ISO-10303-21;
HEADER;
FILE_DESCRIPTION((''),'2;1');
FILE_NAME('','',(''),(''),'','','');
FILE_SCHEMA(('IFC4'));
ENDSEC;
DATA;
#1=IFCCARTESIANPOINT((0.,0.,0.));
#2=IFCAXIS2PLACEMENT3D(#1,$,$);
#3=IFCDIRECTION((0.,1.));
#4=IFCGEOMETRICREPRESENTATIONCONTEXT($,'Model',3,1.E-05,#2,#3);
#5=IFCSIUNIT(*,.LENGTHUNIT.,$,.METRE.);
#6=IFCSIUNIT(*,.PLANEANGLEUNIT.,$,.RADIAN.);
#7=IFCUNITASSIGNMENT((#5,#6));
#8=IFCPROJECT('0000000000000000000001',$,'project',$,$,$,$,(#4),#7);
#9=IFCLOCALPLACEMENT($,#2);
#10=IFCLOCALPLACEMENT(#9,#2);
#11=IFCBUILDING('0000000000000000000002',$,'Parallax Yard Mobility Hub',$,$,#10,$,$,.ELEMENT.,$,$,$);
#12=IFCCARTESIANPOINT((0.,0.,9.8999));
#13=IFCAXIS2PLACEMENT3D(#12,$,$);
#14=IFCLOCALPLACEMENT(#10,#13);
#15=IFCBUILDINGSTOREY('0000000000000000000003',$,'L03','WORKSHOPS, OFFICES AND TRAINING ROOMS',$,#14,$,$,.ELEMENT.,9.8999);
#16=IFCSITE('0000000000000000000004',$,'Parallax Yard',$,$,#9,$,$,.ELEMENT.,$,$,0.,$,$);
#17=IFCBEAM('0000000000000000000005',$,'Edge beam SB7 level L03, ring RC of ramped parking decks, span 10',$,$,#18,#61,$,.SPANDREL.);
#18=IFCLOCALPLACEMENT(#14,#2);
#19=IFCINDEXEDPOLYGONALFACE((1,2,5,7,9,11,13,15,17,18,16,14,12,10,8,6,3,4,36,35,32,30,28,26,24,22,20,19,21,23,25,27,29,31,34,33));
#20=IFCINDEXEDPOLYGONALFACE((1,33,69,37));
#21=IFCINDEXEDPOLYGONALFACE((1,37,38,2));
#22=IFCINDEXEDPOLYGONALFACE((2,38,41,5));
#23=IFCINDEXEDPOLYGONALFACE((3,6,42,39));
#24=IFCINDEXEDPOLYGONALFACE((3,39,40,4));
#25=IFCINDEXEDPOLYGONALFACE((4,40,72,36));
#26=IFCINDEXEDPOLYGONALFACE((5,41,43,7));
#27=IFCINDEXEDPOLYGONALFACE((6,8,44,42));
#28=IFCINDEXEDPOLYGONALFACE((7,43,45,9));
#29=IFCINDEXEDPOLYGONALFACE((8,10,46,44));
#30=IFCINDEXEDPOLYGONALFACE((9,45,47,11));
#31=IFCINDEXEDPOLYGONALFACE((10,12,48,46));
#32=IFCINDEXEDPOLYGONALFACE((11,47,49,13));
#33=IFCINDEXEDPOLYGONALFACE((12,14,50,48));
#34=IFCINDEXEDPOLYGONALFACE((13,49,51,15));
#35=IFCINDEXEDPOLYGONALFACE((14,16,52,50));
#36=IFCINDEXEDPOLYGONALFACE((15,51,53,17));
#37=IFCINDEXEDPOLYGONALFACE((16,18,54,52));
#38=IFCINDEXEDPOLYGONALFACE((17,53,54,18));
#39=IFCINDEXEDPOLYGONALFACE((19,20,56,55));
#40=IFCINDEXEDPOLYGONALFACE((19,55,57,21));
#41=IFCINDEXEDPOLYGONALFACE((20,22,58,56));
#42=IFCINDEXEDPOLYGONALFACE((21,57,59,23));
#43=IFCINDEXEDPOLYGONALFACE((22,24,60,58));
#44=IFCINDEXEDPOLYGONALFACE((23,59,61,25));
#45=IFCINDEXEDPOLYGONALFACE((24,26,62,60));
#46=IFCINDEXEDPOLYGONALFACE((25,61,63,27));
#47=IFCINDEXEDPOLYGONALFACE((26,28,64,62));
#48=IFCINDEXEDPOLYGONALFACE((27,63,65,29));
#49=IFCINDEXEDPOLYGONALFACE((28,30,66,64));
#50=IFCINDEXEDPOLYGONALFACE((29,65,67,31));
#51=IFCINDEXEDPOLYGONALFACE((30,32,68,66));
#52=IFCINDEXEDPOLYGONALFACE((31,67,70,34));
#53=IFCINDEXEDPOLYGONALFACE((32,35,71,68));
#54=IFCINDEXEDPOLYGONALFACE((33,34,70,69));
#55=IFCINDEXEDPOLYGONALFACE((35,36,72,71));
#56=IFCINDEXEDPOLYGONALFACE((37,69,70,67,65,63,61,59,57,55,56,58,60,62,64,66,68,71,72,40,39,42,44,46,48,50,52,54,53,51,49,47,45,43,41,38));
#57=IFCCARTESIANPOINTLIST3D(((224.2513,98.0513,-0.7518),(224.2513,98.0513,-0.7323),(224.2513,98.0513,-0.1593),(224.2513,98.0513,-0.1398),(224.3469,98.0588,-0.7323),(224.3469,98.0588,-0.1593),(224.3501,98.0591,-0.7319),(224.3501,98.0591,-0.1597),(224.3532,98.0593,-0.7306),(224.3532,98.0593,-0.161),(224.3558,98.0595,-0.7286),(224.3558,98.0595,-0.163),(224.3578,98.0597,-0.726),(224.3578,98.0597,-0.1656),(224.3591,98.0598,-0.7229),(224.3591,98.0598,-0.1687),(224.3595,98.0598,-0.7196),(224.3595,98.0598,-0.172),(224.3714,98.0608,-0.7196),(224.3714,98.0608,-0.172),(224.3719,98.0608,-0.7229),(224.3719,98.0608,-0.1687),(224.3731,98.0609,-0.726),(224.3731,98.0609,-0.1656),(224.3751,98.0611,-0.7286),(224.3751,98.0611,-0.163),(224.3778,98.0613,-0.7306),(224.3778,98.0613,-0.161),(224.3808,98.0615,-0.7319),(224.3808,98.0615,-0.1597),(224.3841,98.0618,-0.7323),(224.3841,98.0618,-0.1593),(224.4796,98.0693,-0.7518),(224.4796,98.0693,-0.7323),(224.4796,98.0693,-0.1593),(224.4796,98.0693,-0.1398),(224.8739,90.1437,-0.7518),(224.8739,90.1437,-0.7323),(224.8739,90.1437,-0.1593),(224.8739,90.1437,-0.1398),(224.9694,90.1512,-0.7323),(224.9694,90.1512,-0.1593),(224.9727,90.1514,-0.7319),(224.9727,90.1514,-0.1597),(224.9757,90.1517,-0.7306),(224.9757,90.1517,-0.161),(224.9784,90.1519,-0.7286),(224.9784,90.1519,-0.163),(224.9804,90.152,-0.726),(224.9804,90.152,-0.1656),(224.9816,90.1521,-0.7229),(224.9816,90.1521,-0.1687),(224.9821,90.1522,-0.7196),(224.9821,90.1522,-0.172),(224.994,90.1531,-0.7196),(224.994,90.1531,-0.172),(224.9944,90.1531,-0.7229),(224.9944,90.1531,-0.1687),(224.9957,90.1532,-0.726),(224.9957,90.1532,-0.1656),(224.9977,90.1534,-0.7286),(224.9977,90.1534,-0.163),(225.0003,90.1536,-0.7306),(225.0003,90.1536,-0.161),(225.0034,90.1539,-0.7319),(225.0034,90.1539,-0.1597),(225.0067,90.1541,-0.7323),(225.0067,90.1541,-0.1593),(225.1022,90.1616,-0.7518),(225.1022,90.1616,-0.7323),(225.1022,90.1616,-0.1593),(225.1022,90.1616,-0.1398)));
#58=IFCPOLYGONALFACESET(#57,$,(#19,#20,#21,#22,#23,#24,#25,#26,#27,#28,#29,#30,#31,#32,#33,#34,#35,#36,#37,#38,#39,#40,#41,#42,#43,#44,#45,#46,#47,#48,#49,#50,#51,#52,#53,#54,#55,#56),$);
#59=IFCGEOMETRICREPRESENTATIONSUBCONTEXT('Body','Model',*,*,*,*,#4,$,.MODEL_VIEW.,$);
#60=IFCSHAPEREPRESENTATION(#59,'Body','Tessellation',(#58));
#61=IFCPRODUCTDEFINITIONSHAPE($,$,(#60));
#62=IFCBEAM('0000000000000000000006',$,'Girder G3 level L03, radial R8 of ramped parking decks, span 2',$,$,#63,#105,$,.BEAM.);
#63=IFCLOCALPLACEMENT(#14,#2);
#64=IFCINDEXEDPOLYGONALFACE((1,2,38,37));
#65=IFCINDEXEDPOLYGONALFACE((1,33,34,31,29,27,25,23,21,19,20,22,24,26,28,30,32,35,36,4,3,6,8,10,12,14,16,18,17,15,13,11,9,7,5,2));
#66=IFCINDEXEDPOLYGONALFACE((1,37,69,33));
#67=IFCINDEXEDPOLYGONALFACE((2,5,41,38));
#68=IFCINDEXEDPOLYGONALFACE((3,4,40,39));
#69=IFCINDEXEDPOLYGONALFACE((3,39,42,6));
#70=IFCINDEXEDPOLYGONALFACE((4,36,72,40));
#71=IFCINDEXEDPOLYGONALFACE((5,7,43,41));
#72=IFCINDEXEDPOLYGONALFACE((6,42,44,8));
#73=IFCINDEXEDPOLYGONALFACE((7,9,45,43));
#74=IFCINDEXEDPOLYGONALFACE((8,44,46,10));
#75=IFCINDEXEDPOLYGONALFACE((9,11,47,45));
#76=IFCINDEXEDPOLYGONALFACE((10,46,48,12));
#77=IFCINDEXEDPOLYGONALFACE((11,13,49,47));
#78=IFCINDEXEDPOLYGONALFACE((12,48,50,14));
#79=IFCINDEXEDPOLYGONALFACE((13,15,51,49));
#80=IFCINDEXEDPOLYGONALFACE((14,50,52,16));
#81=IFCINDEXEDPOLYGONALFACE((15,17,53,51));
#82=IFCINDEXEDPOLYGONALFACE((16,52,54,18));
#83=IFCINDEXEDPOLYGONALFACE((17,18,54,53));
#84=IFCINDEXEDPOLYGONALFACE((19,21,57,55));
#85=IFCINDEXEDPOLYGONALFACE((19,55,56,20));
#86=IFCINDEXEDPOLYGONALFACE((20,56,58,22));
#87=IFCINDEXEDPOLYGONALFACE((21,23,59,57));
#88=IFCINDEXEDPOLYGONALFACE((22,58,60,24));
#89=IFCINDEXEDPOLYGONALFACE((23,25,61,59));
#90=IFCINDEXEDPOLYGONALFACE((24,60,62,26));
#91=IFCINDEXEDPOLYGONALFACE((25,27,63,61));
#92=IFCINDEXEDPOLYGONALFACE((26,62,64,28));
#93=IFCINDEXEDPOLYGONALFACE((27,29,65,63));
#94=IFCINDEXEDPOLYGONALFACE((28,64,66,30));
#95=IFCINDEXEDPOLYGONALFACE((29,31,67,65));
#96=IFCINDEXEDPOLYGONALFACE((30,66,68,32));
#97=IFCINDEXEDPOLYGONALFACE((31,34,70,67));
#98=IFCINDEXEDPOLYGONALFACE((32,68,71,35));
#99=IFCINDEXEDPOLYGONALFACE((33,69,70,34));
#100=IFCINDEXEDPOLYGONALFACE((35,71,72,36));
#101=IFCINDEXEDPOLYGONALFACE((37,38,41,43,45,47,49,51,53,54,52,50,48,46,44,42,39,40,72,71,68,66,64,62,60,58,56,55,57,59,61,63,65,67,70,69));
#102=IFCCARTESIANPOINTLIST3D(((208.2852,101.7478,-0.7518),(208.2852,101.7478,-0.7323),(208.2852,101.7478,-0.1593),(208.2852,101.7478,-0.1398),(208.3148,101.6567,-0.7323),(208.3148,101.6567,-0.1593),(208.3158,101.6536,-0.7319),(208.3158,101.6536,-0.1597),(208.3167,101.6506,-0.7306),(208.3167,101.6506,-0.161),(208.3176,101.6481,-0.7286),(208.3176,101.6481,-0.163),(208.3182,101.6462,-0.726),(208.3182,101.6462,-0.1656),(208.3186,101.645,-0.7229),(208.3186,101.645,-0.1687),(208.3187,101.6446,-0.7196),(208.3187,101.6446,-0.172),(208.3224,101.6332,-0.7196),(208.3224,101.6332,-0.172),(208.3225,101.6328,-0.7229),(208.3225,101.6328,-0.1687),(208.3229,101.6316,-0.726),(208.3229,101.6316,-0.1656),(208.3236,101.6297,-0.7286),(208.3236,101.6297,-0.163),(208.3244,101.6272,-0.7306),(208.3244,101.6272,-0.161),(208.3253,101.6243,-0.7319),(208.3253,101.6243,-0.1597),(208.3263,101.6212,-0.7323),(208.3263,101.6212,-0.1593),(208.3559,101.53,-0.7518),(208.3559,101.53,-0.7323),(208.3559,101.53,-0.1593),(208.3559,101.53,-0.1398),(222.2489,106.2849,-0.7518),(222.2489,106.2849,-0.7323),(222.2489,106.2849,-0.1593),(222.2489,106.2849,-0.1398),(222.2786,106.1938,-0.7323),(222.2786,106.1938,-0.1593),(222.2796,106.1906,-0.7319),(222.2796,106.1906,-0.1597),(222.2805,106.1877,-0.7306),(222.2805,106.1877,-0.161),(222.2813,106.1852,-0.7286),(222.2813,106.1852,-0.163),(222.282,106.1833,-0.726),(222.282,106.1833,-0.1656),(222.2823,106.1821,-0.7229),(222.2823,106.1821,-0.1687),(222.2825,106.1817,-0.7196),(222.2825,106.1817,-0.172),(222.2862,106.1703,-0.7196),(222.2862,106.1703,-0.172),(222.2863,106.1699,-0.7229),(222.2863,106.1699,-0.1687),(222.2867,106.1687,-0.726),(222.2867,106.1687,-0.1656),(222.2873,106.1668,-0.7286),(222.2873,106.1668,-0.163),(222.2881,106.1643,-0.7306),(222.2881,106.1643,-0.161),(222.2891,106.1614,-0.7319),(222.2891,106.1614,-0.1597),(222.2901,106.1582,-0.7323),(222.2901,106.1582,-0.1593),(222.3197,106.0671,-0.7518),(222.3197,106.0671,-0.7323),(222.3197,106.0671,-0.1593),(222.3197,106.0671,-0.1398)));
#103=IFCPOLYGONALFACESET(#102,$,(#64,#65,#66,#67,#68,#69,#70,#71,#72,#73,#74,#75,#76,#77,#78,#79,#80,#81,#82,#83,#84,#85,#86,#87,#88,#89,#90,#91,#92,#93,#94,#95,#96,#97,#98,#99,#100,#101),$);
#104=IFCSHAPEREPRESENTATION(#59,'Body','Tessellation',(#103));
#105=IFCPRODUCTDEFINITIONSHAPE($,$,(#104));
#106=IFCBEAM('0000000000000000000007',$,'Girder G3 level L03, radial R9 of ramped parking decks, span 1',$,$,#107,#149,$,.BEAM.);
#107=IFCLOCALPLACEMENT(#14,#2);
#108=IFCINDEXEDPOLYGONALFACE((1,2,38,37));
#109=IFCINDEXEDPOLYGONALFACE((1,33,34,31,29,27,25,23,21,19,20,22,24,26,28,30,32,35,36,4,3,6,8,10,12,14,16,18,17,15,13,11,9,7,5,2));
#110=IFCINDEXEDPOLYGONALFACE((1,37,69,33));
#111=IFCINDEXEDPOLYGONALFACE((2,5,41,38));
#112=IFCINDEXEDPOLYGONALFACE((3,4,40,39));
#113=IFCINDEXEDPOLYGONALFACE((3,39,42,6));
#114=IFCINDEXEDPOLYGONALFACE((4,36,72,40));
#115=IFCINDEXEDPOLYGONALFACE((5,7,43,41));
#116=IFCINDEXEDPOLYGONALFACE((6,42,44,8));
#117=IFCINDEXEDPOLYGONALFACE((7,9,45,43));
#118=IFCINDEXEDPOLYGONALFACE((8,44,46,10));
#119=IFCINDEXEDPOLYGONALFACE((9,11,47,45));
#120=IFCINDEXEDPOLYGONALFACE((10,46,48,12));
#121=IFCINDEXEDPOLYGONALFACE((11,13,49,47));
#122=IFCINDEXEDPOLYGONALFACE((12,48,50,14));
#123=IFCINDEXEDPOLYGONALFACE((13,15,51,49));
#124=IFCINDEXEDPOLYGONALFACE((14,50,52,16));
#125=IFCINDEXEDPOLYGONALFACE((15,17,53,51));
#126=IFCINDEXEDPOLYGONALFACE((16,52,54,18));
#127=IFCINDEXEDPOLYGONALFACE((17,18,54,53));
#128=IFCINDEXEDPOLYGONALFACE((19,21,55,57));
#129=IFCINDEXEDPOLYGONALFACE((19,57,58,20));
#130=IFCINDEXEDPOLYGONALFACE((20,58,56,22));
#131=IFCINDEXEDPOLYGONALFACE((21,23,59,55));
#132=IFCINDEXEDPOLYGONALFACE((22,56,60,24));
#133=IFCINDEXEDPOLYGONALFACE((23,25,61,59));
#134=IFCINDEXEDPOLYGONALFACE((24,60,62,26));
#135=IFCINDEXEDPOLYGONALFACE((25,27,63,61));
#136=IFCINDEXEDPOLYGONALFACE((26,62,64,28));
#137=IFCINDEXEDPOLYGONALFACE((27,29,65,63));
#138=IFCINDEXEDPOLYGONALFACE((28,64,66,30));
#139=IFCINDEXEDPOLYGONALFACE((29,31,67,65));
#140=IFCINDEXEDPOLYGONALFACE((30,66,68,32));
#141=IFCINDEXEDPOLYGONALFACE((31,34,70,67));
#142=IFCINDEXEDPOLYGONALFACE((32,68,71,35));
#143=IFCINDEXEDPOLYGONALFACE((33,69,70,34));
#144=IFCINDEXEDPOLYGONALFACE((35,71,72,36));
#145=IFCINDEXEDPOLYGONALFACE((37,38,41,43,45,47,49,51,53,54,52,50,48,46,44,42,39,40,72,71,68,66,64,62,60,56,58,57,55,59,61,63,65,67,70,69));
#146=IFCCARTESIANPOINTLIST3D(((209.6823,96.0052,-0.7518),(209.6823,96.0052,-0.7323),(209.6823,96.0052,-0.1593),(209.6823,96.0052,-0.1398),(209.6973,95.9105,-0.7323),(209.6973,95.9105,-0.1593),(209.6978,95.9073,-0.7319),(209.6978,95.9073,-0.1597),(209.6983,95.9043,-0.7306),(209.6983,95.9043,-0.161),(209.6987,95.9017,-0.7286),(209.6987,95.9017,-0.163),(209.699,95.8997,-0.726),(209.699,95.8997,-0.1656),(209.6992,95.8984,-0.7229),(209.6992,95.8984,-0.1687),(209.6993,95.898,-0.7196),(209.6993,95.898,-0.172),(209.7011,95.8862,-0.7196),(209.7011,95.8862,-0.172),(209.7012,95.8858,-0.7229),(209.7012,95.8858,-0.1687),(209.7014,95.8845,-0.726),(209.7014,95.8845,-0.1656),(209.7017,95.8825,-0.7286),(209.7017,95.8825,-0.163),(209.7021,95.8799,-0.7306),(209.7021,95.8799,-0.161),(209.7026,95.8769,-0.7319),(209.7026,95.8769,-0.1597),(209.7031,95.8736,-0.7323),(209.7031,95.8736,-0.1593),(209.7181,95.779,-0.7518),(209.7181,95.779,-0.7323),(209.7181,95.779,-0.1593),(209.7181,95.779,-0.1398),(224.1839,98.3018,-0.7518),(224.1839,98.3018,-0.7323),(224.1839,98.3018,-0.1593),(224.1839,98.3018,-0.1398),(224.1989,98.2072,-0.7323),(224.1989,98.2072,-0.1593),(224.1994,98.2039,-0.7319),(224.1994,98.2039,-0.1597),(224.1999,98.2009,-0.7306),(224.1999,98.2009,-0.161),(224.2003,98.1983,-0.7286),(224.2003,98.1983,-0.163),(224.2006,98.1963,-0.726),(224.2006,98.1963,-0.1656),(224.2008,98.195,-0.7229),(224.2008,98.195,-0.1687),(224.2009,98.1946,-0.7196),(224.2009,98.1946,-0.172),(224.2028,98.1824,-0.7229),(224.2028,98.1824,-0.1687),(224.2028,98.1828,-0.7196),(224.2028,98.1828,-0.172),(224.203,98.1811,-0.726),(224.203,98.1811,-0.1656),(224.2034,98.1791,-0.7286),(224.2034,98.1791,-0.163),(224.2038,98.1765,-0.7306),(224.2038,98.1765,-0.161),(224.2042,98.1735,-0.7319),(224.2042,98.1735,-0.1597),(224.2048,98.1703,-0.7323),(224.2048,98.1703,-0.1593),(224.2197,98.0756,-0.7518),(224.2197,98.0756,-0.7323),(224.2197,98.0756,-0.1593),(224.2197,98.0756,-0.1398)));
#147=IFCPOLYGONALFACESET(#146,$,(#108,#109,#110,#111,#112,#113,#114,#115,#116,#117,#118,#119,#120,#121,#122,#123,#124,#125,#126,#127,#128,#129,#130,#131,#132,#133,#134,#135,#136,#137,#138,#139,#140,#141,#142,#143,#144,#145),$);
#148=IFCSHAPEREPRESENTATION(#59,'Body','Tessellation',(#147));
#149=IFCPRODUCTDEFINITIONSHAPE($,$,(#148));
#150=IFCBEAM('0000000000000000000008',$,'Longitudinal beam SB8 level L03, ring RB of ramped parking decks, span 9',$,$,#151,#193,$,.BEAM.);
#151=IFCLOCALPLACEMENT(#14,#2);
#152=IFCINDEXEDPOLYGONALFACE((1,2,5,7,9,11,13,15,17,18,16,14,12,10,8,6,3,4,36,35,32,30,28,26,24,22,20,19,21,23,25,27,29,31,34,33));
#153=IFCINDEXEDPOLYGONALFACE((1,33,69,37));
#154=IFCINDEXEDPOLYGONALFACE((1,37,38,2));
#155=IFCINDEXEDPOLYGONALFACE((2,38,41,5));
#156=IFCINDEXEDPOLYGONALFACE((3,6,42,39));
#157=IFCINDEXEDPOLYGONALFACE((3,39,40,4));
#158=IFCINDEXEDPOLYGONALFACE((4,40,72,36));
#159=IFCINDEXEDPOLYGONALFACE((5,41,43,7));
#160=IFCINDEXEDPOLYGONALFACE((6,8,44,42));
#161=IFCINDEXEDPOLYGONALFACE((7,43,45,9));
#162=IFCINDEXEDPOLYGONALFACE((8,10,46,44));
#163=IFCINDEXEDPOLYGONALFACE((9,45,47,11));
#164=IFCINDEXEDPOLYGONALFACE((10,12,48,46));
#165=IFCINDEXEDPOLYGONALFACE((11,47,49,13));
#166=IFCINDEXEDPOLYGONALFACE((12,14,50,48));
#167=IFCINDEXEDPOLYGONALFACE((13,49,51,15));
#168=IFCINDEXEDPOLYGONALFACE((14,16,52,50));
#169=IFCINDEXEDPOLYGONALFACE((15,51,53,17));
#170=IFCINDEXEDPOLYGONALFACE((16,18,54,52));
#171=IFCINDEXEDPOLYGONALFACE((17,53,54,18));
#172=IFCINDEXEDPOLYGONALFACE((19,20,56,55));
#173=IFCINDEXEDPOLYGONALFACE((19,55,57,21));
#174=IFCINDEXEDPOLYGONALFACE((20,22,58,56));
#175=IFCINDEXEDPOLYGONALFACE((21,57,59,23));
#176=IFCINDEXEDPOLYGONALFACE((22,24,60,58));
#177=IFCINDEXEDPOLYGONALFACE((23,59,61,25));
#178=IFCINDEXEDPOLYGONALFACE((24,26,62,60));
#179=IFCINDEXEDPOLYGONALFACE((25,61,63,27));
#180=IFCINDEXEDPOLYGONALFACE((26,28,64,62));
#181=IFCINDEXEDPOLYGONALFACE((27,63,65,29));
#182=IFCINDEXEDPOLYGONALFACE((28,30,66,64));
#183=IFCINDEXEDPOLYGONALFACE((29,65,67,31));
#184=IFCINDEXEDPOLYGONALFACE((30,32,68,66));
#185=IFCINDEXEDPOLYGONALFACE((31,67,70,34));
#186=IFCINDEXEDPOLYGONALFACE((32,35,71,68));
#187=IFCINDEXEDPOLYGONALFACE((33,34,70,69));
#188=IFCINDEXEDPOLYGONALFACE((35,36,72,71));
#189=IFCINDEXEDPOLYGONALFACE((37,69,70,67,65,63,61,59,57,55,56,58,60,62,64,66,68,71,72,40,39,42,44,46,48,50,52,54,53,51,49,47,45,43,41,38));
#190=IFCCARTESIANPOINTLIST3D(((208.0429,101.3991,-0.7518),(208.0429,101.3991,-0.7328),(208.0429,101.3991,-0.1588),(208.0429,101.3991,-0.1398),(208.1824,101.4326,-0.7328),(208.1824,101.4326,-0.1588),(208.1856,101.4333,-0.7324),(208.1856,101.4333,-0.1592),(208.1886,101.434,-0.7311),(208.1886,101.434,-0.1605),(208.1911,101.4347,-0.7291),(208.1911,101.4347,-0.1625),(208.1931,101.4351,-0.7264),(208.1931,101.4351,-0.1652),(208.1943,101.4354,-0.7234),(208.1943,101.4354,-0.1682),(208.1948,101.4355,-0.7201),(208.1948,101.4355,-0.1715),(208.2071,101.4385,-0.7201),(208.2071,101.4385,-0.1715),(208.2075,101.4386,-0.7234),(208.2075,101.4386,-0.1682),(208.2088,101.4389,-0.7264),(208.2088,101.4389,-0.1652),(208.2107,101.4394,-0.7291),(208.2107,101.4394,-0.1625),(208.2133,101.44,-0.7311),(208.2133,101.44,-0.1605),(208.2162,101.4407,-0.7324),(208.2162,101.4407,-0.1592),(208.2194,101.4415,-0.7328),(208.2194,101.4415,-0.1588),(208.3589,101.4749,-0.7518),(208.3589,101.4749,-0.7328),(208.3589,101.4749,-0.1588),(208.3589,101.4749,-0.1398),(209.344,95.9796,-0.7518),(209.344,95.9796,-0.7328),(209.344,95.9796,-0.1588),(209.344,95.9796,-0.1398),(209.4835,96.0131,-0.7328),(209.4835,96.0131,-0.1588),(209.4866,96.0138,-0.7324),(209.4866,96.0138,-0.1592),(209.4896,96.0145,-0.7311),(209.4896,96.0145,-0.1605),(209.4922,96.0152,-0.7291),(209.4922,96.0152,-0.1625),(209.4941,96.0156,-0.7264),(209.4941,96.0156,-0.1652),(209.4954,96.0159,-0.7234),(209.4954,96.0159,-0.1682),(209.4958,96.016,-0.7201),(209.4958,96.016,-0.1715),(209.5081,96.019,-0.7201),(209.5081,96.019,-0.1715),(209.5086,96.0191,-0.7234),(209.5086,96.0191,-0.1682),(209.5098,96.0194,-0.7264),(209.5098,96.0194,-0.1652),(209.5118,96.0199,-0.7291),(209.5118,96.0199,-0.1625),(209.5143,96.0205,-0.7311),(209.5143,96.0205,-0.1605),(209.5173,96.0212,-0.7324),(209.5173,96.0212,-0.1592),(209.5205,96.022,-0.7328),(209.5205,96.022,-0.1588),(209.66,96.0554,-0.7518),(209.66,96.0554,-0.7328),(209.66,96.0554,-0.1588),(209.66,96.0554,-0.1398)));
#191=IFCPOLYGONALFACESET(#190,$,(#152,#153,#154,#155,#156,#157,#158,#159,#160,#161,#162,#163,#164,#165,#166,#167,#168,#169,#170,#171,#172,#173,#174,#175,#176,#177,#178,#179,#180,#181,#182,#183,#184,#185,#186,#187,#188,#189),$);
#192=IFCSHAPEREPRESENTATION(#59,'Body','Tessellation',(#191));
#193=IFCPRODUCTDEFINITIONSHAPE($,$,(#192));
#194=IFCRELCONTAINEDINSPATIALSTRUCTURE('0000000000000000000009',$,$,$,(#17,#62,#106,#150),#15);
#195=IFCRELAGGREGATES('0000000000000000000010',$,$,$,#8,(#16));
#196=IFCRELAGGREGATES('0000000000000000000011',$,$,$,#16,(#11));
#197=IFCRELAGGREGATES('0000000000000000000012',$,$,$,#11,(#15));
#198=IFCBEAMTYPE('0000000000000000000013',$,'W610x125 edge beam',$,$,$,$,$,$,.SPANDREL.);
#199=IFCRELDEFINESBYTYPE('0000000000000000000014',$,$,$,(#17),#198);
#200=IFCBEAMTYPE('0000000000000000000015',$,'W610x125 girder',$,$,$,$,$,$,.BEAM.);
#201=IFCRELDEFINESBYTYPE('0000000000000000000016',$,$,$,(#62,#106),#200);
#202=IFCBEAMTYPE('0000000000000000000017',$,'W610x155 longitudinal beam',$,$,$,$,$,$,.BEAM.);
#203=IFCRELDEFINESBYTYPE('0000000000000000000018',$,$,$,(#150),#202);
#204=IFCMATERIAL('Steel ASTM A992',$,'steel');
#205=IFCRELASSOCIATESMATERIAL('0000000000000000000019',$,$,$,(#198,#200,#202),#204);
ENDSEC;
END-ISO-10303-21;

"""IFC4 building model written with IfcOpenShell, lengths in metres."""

from ifc_helpers import new_model, si_unit, direction, frame, origin, origin_2d, place, context, subcontext, project, spatial, i_section, extrude, material, material_profile, profile_set, type_object, element, save


model = new_model("IFC4")

# Units and contexts
model_context = context("Model", 3, precision=1e-05, world=origin(), true_north=direction((0.0, 1.0)))
body_context = subcontext(model_context, "Body", "Model", "MODEL_VIEW")
ifc_project = project(units=[si_unit("LENGTHUNIT", "METRE"), si_unit("PLANEANGLEUNIT", "RADIAN")], contexts=[model_context])

# Site, building, storey
site_placement = place(None, origin())
site = spatial("IfcSite", under=ifc_project, at=site_placement, Name="Parallax Yard", CompositionType="ELEMENT", RefElevation=0.0)
building_placement = place(site_placement, origin())
building = spatial("IfcBuilding", under=site, at=building_placement, Name="Parallax Yard Mobility Hub", CompositionType="ELEMENT")
storey_placement = place(building_placement, frame((0.0, 0.0, 9.8999)))
storey = spatial("IfcBuildingStorey", under=building, at=storey_placement, Name="L03", Description="WORKSHOPS, OFFICES AND TRAINING ROOMS", CompositionType="ELEMENT", Elevation=9.8999)

# Shared definitions
ifc_material_1 = material(Name="Steel ASTM A992", Category="steel")

# Beams
ifc_material_profile_1 = material_profile(ifc_material_1, i_section(OverallWidth=0.229, OverallDepth=0.6121, WebThickness=0.012, FlangeThickness=0.0195, FilletRadius=0.0127, at=origin_2d()), Name="W610x125")
ifc_profile_set_1 = profile_set([ifc_material_profile_1], Name="Steel ASTM A992")
beam_type_1 = type_object("IfcBeamType", Name="W610x125 edge beam", PredefinedType="SPANDREL", material=ifc_profile_set_1)
beam_1_placement = place(storey_placement, frame((224.3655, 98.0603, -0.4458), z_axis=(0.078485, -0.996915, 0.0), x_axis=(0.996915, 0.078485, 0.0)))
element("IfcBeam", 1, at=beam_1_placement, inside=storey, type_object=beam_type_1, Name="Edge beam SB7 level L03, ring RC of ramped parking decks, span 10", PredefinedType="SPANDREL", context=body_context, shape_type="SweptSolid", body=[
    extrude(i_section(OverallWidth=0.229, OverallDepth=0.6121, WebThickness=0.012, FlangeThickness=0.0195, FilletRadius=0.0127, at=origin_2d()), origin(), (0.0, 0.0, 1.0), 7.9321),
])
ifc_material_profile_2 = material_profile(ifc_material_1, i_section(OverallWidth=0.229, OverallDepth=0.6121, WebThickness=0.012, FlangeThickness=0.0195, FilletRadius=0.0127, at=origin_2d()), Name="W610x125")
ifc_profile_set_2 = profile_set([ifc_material_profile_2], Name="Steel ASTM A992")
beam_type_2 = type_object("IfcBeamType", Name="W610x125 girder", PredefinedType="BEAM", material=ifc_profile_set_2)
for number, where, z_axis, x_axis, name in (
    (2, (208.3206, 101.6389, -0.4458), (0.951057, 0.309015, 0.0), (-0.309015, 0.951057, 0.0), "Girder G3 level L03, radial R8 of ramped parking decks, span 2"),
    (3, (209.7002, 95.8921, -0.4458), (0.987691, 0.15642, 0.0), (-0.15642, 0.987691, 0.0), "Girder G3 level L03, radial R9 of ramped parking decks, span 1"),
):
    element("IfcBeam", number, at=place(storey_placement, frame(where, z_axis=z_axis, x_axis=x_axis)), inside=storey, type_object=beam_type_2, Name=name, PredefinedType="BEAM", context=body_context, shape_type="SweptSolid", body=[
        extrude(i_section(OverallWidth=0.229, OverallDepth=0.6121, WebThickness=0.012, FlangeThickness=0.0195, FilletRadius=0.0127, at=origin_2d()), origin(), (0.0, 0.0, 1.0), 14.6824),
    ])
ifc_material_profile_3 = material_profile(ifc_material_1, i_section(OverallWidth=0.325, OverallDepth=0.6121, WebThickness=0.0127, FlangeThickness=0.019, FilletRadius=0.0127, at=origin_2d()), Name="W610x155")
ifc_profile_set_3 = profile_set([ifc_material_profile_3], Name="Steel ASTM A992")
beam_type_3 = type_object("IfcBeamType", Name="W610x155 longitudinal beam", PredefinedType="BEAM", material=ifc_profile_set_3)
beam_2_placement = place(storey_placement, frame((208.2009, 101.437, -0.4458), z_axis=(0.233434, -0.972373, 0.0), x_axis=(0.972373, 0.233434, 0.0)))
element("IfcBeam", 4, at=beam_2_placement, inside=storey, type_object=beam_type_3, Name="Longitudinal beam SB8 level L03, ring RB of ramped parking decks, span 9", PredefinedType="BEAM", context=body_context, shape_type="SweptSolid", body=[
    extrude(i_section(OverallWidth=0.325, OverallDepth=0.6121, WebThickness=0.0127, FlangeThickness=0.019, FilletRadius=0.0127, at=origin_2d()), origin(), (0.0, 0.0, 1.0), 5.5735),
])

save(model, "model.ifc")
